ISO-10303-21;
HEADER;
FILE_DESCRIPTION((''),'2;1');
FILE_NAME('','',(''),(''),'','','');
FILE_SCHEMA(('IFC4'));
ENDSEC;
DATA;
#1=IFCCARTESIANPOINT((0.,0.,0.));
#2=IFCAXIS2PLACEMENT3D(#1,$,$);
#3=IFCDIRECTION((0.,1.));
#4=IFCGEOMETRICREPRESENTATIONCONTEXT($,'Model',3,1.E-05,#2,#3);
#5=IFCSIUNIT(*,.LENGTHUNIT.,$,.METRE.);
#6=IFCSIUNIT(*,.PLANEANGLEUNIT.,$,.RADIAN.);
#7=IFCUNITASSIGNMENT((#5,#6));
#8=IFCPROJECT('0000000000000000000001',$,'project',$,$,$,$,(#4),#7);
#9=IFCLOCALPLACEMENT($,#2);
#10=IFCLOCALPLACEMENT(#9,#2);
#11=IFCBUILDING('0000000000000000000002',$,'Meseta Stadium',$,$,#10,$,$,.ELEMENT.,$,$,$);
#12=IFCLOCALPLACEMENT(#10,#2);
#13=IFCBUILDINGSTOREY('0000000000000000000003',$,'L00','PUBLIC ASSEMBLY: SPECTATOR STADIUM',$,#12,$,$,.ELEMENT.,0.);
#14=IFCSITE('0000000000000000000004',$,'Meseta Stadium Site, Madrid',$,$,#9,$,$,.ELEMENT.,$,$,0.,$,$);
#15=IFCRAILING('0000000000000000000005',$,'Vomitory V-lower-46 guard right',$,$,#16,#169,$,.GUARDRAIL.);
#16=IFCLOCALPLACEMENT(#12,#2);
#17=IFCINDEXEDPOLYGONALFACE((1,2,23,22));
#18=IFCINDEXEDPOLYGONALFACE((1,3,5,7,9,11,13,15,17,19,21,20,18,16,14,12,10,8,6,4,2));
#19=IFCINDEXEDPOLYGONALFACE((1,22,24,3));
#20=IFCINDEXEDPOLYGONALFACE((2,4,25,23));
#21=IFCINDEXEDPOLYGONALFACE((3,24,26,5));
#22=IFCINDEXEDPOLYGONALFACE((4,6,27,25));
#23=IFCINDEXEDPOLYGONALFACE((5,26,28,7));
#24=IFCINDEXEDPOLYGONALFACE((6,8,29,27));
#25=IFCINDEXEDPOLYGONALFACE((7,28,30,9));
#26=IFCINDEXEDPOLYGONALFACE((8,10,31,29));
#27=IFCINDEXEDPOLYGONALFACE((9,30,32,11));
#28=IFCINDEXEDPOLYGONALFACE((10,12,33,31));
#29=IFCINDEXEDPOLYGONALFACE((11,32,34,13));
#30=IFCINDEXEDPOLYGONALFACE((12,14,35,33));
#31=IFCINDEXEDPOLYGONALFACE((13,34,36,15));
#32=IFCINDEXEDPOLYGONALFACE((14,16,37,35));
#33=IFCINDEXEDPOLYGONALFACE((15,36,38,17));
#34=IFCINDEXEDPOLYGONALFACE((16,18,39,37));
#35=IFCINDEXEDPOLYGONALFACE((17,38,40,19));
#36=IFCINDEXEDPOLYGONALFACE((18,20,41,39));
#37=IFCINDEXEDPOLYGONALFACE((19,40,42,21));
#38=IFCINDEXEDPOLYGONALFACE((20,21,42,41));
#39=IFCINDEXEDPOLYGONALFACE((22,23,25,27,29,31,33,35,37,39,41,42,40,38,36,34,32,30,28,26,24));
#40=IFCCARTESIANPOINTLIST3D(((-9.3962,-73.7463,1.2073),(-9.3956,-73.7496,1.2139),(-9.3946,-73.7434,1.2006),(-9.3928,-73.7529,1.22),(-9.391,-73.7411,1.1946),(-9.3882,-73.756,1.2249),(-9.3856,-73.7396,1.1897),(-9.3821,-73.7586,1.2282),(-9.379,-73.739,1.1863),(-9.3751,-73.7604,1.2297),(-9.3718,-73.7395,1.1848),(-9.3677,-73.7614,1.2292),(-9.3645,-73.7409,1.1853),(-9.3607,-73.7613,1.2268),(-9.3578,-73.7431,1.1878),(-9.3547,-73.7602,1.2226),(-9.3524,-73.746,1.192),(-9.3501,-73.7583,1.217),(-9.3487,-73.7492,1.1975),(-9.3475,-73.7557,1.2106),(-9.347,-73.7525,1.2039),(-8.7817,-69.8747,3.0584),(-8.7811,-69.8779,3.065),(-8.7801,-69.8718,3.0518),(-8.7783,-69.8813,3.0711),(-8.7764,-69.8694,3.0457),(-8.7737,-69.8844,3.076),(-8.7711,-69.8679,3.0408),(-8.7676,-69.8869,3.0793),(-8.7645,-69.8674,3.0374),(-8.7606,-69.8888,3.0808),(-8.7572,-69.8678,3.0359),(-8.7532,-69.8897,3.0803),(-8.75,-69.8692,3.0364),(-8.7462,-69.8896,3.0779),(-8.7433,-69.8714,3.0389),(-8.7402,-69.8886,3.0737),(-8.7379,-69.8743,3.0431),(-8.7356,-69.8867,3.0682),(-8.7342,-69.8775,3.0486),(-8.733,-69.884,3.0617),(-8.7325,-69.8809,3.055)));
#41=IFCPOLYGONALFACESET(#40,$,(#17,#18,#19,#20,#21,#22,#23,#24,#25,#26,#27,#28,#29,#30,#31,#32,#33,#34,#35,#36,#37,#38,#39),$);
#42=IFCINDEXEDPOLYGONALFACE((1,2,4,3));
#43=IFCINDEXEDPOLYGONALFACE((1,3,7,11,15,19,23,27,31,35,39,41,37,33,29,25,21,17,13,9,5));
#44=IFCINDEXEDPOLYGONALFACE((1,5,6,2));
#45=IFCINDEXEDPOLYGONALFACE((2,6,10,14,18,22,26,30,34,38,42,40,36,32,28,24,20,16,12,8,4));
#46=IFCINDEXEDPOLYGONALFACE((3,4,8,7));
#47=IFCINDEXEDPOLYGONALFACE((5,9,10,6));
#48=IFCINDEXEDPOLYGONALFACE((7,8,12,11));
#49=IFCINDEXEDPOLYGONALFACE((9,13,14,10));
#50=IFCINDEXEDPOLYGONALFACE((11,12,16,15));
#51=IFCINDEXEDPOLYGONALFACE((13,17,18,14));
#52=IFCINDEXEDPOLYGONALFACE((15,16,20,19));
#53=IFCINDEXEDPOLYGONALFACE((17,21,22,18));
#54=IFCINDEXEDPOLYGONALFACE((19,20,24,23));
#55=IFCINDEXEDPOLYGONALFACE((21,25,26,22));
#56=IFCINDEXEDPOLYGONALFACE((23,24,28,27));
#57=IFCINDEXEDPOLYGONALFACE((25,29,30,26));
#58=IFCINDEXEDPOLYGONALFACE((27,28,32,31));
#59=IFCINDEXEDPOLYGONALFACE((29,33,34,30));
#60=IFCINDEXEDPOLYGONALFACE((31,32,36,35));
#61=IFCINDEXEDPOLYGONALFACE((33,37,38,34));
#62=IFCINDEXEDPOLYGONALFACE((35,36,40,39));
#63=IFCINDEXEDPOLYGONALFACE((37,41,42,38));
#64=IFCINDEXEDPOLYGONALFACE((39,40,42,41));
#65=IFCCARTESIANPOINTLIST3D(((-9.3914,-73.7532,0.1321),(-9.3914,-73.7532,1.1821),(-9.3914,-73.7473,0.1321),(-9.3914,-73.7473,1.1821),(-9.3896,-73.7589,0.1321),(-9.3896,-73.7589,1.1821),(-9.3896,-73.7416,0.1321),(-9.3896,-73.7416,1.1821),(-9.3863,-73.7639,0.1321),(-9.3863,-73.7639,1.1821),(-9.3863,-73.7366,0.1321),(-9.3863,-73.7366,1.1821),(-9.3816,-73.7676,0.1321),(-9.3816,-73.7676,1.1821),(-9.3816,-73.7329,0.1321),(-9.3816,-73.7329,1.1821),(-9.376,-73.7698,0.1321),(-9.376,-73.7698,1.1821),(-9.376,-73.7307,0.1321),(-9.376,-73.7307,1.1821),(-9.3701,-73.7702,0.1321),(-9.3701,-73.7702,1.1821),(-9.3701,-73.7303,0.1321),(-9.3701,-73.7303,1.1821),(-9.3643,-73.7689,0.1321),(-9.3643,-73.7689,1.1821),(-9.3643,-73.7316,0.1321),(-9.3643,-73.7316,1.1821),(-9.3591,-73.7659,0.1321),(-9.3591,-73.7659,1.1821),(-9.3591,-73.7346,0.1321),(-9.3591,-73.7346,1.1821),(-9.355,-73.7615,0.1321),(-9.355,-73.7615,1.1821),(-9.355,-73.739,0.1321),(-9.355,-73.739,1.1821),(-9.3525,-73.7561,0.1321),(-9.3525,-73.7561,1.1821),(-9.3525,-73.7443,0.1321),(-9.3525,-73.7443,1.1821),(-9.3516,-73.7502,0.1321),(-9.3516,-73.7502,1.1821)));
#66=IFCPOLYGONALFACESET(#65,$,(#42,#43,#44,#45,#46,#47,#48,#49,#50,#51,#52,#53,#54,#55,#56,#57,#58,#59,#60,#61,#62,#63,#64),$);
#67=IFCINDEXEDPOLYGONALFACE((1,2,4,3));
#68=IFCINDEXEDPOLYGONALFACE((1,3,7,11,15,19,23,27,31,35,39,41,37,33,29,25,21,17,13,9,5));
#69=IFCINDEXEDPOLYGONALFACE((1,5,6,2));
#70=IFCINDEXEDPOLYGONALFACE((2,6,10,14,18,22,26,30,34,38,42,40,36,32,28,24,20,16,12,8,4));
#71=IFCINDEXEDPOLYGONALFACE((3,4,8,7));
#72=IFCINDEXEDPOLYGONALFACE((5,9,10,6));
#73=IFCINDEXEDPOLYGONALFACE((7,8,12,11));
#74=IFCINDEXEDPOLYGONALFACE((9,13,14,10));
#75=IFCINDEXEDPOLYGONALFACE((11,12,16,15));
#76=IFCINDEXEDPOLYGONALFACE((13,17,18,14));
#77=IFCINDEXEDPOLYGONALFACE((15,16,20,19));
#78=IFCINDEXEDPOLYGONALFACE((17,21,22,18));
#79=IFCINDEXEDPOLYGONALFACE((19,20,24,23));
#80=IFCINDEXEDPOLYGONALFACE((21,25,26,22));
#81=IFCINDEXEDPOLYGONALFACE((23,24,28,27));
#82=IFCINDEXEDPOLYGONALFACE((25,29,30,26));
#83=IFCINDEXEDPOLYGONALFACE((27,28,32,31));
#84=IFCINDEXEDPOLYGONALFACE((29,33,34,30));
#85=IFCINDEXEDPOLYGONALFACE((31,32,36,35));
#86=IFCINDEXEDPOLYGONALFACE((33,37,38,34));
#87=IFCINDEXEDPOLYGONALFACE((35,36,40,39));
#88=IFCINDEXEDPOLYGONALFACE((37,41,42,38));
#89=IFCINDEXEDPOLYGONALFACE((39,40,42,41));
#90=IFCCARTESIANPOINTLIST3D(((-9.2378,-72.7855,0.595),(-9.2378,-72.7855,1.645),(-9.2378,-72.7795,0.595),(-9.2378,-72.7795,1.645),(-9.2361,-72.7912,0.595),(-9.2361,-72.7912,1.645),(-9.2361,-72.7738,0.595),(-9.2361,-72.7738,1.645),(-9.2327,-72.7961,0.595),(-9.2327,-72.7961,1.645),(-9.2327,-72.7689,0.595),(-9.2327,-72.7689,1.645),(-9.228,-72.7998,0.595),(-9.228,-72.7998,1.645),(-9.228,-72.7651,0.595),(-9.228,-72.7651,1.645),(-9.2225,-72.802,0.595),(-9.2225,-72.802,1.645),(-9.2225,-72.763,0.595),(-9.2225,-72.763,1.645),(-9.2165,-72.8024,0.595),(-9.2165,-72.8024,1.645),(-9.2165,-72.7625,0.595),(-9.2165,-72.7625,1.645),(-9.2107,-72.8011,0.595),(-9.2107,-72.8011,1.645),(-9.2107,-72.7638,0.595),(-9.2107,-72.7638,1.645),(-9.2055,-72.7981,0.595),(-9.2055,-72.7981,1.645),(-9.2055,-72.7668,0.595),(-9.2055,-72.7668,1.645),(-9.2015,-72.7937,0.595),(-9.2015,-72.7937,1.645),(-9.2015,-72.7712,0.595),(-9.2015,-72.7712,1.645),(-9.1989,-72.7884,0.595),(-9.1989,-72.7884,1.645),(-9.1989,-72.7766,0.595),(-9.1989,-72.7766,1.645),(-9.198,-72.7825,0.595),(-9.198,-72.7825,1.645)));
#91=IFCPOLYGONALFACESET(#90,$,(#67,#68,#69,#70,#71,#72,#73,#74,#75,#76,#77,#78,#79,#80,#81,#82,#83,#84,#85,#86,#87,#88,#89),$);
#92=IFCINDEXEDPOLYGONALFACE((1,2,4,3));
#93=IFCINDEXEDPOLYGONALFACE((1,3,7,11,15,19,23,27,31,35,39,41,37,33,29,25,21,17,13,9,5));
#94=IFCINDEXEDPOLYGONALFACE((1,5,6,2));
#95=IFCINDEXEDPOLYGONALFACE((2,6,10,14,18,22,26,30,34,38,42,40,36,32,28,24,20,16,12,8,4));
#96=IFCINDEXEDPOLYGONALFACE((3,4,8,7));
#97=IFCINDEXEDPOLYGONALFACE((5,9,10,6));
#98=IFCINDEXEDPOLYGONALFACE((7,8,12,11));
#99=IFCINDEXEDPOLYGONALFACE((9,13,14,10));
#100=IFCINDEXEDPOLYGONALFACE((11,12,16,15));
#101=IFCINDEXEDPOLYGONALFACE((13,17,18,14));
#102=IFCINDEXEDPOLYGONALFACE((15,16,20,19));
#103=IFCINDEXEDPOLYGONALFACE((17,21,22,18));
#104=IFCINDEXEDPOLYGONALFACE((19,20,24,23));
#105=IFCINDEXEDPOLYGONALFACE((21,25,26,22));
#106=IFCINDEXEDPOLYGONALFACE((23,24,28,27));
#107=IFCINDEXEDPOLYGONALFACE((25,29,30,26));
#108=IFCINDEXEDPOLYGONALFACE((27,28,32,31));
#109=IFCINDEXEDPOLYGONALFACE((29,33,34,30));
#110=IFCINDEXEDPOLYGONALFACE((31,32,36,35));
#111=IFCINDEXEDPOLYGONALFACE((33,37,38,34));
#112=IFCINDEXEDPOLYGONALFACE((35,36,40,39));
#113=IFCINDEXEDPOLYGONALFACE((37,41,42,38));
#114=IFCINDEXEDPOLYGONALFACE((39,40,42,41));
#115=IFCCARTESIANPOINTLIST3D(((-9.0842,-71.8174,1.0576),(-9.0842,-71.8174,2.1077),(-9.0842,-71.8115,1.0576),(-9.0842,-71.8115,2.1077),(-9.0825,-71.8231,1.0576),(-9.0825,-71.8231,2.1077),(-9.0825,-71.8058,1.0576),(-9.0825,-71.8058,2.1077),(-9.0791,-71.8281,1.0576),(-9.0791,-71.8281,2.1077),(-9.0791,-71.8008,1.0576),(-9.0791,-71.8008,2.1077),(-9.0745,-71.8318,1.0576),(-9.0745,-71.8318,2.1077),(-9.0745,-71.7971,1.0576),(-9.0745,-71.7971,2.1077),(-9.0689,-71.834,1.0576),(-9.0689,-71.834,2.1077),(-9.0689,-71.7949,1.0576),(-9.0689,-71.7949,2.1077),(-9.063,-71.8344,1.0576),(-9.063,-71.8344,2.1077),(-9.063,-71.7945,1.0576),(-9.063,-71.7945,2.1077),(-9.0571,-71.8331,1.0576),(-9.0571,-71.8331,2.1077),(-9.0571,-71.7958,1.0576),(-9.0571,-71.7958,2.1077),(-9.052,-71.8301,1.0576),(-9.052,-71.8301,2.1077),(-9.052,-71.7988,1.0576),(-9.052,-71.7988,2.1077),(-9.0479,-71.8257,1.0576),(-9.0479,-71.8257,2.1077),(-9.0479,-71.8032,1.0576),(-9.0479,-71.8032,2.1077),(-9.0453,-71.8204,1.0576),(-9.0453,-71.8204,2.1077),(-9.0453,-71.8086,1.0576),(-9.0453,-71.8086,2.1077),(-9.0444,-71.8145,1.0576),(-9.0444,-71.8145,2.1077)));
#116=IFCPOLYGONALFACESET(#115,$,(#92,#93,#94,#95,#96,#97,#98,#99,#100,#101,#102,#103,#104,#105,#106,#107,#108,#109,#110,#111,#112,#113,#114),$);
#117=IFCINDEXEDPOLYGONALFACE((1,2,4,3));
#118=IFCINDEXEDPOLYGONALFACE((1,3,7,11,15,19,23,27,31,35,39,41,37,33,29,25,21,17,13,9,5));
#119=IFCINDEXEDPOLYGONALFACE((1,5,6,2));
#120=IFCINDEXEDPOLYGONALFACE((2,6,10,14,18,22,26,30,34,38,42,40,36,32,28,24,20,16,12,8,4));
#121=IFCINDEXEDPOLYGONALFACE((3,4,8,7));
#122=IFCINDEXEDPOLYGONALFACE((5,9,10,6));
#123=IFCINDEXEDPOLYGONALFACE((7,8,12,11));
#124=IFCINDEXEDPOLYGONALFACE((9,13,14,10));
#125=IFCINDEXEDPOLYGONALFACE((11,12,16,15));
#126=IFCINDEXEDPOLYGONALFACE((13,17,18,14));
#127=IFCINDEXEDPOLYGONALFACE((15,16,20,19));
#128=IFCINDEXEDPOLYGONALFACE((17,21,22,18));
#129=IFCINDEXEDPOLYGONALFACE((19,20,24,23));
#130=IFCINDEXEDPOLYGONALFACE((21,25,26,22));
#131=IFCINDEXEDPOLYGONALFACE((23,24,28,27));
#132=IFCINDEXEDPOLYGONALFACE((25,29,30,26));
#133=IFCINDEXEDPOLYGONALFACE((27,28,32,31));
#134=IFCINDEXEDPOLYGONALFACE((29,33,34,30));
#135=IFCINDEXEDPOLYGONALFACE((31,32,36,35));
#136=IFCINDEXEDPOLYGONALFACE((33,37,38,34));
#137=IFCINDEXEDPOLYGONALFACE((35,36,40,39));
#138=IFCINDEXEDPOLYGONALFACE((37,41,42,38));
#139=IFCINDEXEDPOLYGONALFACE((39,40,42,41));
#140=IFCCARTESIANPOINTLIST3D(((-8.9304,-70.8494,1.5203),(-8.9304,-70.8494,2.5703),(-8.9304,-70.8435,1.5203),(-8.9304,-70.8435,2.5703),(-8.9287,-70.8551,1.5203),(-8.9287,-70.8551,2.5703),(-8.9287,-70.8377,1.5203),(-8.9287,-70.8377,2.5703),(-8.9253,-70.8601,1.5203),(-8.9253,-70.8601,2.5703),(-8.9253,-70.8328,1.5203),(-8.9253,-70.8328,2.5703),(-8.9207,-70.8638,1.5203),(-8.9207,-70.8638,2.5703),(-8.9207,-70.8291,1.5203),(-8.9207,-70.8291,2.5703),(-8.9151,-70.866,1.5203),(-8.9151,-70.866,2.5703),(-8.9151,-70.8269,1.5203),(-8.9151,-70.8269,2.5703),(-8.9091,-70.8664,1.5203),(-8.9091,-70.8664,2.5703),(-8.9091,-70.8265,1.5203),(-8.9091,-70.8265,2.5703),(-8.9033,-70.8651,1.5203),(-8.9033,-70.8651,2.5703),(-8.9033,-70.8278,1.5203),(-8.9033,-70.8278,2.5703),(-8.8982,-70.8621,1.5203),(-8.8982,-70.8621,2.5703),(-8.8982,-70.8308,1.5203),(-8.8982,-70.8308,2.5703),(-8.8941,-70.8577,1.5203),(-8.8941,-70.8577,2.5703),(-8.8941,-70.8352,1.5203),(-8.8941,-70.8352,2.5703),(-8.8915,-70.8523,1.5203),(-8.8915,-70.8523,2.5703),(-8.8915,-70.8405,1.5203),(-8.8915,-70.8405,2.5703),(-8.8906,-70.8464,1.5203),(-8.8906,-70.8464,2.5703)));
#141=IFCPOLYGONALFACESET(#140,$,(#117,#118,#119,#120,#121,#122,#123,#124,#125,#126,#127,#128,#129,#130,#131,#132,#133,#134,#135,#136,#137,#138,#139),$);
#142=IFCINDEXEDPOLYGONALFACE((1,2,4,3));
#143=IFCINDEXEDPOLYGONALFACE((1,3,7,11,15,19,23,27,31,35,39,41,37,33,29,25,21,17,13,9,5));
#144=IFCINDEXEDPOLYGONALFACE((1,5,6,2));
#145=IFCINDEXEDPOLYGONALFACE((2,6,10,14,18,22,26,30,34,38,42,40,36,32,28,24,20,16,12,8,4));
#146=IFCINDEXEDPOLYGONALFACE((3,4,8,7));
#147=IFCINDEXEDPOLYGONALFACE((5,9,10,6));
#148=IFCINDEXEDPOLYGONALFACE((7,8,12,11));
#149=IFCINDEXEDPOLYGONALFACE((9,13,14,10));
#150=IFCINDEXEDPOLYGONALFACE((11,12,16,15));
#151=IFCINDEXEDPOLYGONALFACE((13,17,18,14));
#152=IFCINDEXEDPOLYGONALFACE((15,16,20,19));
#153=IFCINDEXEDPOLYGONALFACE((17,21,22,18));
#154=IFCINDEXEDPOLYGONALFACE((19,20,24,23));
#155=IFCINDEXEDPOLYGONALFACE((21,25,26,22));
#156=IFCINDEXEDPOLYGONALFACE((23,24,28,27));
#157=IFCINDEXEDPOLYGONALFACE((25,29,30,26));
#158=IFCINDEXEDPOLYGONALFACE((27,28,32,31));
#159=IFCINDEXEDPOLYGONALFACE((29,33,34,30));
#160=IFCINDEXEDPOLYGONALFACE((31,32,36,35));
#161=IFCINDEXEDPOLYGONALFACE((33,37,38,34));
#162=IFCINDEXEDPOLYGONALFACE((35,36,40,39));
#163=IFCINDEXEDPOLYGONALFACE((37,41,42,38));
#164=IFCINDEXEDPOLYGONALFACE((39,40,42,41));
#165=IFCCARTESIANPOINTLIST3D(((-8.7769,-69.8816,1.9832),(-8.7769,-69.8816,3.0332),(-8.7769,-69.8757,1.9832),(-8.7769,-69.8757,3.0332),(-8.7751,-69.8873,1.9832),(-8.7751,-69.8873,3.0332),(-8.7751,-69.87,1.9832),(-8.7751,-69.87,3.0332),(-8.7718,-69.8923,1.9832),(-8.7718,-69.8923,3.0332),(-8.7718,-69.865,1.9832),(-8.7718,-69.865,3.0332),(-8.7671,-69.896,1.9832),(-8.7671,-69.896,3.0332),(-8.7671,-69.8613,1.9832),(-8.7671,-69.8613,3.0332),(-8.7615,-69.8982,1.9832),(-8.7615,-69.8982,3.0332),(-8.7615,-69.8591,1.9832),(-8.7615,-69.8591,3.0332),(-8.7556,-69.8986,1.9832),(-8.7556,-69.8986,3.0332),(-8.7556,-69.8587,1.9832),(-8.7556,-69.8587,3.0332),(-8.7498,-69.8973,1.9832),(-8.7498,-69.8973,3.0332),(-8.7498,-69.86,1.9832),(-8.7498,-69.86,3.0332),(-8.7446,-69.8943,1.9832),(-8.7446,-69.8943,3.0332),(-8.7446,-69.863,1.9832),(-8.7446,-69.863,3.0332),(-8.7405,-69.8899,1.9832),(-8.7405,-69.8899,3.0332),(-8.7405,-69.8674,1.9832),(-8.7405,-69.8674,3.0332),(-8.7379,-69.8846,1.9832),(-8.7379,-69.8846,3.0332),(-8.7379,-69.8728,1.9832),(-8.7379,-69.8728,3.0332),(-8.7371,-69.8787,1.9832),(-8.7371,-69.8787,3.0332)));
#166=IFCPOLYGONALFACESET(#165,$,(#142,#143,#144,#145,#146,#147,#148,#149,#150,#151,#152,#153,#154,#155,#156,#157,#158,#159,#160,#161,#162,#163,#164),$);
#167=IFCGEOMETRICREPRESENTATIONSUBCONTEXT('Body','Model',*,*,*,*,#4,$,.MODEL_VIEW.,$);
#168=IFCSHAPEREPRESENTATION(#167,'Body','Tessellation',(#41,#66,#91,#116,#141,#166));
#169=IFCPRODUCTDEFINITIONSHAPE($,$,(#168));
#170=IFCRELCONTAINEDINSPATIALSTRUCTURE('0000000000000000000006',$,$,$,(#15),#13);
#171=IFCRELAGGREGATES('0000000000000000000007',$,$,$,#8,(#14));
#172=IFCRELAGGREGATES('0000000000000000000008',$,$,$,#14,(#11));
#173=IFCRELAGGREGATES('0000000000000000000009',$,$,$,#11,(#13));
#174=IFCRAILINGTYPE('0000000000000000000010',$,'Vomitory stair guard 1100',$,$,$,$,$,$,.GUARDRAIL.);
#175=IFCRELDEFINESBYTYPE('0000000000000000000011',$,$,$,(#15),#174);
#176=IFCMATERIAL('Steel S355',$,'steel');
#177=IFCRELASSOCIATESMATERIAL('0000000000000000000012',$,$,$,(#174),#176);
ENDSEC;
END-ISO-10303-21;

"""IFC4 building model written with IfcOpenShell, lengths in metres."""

from ifc_helpers import new_model, si_unit, direction, frame, origin, origin_2d, place, context, subcontext, project, spatial, circle, extrude, material, type_object, element, save


model = new_model("IFC4")

# Units and contexts
model_context = context("Model", 3, precision=1e-05, world=origin(), true_north=direction((0.0, 1.0)))
body_context = subcontext(model_context, "Body", "Model", "MODEL_VIEW")
ifc_project = project(units=[si_unit("LENGTHUNIT", "METRE"), si_unit("PLANEANGLEUNIT", "RADIAN")], contexts=[model_context])

# Site, building, storey
site_placement = place(None, origin())
site = spatial("IfcSite", under=ifc_project, at=site_placement, Name="Meseta Stadium Site, Madrid", CompositionType="ELEMENT", RefElevation=0.0)
building_placement = place(site_placement, origin())
building = spatial("IfcBuilding", under=site, at=building_placement, Name="Meseta Stadium", CompositionType="ELEMENT")
storey_placement = place(building_placement, origin())
storey = spatial("IfcBuildingStorey", under=building, at=storey_placement, Name="L00", Description="PUBLIC ASSEMBLY: SPECTATOR STADIUM", CompositionType="ELEMENT", Elevation=0.0)

# Railing
ifc_material_1 = material(Name="Steel S355", Category="steel")
railing_type_1 = type_object("IfcRailingType", Name="Vomitory stair guard 1100", PredefinedType="GUARDRAIL", material=ifc_material_1)
for number, where, name in (
    (1, (-9.3716, -73.7502, 0.1321), "Vomitory V-lower-46 guard right"),
):
    element("IfcRailing", number, at=place(storey_placement, frame(where)), inside=storey, type_object=railing_type_1, Name=name, PredefinedType="GUARDRAIL", context=body_context, shape_type="SweptSolid", body=[
        extrude(circle(Radius=0.0249, at=origin_2d()), frame((0.0, 0.0, 1.0752), z_axis=(0.14175, 0.893074, 0.426995), x_axis=(-0.987637, 0.156759, 0.0)), (0.0, 0.0, 1.0), 4.3352),
        extrude(circle(Radius=0.02, at=origin_2d()), origin(), (0.0, 0.0, 1.0), 1.05),
        extrude(circle(Radius=0.02, at=origin_2d()), frame((0.1536, 0.9678, 0.4629)), (0.0, 0.0, 1.0), 1.05),
        extrude(circle(Radius=0.02, at=origin_2d()), frame((0.3071, 1.9358, 0.9255)), (0.0, 0.0, 1.0), 1.05),
        extrude(circle(Radius=0.02, at=origin_2d()), frame((0.4609, 2.9038, 1.3882)), (0.0, 0.0, 1.0), 1.05),
        extrude(circle(Radius=0.02, at=origin_2d()), frame((0.6145, 3.8716, 1.8511)), (0.0, 0.0, 1.0), 1.05),
    ])

save(model, "model.ifc")
